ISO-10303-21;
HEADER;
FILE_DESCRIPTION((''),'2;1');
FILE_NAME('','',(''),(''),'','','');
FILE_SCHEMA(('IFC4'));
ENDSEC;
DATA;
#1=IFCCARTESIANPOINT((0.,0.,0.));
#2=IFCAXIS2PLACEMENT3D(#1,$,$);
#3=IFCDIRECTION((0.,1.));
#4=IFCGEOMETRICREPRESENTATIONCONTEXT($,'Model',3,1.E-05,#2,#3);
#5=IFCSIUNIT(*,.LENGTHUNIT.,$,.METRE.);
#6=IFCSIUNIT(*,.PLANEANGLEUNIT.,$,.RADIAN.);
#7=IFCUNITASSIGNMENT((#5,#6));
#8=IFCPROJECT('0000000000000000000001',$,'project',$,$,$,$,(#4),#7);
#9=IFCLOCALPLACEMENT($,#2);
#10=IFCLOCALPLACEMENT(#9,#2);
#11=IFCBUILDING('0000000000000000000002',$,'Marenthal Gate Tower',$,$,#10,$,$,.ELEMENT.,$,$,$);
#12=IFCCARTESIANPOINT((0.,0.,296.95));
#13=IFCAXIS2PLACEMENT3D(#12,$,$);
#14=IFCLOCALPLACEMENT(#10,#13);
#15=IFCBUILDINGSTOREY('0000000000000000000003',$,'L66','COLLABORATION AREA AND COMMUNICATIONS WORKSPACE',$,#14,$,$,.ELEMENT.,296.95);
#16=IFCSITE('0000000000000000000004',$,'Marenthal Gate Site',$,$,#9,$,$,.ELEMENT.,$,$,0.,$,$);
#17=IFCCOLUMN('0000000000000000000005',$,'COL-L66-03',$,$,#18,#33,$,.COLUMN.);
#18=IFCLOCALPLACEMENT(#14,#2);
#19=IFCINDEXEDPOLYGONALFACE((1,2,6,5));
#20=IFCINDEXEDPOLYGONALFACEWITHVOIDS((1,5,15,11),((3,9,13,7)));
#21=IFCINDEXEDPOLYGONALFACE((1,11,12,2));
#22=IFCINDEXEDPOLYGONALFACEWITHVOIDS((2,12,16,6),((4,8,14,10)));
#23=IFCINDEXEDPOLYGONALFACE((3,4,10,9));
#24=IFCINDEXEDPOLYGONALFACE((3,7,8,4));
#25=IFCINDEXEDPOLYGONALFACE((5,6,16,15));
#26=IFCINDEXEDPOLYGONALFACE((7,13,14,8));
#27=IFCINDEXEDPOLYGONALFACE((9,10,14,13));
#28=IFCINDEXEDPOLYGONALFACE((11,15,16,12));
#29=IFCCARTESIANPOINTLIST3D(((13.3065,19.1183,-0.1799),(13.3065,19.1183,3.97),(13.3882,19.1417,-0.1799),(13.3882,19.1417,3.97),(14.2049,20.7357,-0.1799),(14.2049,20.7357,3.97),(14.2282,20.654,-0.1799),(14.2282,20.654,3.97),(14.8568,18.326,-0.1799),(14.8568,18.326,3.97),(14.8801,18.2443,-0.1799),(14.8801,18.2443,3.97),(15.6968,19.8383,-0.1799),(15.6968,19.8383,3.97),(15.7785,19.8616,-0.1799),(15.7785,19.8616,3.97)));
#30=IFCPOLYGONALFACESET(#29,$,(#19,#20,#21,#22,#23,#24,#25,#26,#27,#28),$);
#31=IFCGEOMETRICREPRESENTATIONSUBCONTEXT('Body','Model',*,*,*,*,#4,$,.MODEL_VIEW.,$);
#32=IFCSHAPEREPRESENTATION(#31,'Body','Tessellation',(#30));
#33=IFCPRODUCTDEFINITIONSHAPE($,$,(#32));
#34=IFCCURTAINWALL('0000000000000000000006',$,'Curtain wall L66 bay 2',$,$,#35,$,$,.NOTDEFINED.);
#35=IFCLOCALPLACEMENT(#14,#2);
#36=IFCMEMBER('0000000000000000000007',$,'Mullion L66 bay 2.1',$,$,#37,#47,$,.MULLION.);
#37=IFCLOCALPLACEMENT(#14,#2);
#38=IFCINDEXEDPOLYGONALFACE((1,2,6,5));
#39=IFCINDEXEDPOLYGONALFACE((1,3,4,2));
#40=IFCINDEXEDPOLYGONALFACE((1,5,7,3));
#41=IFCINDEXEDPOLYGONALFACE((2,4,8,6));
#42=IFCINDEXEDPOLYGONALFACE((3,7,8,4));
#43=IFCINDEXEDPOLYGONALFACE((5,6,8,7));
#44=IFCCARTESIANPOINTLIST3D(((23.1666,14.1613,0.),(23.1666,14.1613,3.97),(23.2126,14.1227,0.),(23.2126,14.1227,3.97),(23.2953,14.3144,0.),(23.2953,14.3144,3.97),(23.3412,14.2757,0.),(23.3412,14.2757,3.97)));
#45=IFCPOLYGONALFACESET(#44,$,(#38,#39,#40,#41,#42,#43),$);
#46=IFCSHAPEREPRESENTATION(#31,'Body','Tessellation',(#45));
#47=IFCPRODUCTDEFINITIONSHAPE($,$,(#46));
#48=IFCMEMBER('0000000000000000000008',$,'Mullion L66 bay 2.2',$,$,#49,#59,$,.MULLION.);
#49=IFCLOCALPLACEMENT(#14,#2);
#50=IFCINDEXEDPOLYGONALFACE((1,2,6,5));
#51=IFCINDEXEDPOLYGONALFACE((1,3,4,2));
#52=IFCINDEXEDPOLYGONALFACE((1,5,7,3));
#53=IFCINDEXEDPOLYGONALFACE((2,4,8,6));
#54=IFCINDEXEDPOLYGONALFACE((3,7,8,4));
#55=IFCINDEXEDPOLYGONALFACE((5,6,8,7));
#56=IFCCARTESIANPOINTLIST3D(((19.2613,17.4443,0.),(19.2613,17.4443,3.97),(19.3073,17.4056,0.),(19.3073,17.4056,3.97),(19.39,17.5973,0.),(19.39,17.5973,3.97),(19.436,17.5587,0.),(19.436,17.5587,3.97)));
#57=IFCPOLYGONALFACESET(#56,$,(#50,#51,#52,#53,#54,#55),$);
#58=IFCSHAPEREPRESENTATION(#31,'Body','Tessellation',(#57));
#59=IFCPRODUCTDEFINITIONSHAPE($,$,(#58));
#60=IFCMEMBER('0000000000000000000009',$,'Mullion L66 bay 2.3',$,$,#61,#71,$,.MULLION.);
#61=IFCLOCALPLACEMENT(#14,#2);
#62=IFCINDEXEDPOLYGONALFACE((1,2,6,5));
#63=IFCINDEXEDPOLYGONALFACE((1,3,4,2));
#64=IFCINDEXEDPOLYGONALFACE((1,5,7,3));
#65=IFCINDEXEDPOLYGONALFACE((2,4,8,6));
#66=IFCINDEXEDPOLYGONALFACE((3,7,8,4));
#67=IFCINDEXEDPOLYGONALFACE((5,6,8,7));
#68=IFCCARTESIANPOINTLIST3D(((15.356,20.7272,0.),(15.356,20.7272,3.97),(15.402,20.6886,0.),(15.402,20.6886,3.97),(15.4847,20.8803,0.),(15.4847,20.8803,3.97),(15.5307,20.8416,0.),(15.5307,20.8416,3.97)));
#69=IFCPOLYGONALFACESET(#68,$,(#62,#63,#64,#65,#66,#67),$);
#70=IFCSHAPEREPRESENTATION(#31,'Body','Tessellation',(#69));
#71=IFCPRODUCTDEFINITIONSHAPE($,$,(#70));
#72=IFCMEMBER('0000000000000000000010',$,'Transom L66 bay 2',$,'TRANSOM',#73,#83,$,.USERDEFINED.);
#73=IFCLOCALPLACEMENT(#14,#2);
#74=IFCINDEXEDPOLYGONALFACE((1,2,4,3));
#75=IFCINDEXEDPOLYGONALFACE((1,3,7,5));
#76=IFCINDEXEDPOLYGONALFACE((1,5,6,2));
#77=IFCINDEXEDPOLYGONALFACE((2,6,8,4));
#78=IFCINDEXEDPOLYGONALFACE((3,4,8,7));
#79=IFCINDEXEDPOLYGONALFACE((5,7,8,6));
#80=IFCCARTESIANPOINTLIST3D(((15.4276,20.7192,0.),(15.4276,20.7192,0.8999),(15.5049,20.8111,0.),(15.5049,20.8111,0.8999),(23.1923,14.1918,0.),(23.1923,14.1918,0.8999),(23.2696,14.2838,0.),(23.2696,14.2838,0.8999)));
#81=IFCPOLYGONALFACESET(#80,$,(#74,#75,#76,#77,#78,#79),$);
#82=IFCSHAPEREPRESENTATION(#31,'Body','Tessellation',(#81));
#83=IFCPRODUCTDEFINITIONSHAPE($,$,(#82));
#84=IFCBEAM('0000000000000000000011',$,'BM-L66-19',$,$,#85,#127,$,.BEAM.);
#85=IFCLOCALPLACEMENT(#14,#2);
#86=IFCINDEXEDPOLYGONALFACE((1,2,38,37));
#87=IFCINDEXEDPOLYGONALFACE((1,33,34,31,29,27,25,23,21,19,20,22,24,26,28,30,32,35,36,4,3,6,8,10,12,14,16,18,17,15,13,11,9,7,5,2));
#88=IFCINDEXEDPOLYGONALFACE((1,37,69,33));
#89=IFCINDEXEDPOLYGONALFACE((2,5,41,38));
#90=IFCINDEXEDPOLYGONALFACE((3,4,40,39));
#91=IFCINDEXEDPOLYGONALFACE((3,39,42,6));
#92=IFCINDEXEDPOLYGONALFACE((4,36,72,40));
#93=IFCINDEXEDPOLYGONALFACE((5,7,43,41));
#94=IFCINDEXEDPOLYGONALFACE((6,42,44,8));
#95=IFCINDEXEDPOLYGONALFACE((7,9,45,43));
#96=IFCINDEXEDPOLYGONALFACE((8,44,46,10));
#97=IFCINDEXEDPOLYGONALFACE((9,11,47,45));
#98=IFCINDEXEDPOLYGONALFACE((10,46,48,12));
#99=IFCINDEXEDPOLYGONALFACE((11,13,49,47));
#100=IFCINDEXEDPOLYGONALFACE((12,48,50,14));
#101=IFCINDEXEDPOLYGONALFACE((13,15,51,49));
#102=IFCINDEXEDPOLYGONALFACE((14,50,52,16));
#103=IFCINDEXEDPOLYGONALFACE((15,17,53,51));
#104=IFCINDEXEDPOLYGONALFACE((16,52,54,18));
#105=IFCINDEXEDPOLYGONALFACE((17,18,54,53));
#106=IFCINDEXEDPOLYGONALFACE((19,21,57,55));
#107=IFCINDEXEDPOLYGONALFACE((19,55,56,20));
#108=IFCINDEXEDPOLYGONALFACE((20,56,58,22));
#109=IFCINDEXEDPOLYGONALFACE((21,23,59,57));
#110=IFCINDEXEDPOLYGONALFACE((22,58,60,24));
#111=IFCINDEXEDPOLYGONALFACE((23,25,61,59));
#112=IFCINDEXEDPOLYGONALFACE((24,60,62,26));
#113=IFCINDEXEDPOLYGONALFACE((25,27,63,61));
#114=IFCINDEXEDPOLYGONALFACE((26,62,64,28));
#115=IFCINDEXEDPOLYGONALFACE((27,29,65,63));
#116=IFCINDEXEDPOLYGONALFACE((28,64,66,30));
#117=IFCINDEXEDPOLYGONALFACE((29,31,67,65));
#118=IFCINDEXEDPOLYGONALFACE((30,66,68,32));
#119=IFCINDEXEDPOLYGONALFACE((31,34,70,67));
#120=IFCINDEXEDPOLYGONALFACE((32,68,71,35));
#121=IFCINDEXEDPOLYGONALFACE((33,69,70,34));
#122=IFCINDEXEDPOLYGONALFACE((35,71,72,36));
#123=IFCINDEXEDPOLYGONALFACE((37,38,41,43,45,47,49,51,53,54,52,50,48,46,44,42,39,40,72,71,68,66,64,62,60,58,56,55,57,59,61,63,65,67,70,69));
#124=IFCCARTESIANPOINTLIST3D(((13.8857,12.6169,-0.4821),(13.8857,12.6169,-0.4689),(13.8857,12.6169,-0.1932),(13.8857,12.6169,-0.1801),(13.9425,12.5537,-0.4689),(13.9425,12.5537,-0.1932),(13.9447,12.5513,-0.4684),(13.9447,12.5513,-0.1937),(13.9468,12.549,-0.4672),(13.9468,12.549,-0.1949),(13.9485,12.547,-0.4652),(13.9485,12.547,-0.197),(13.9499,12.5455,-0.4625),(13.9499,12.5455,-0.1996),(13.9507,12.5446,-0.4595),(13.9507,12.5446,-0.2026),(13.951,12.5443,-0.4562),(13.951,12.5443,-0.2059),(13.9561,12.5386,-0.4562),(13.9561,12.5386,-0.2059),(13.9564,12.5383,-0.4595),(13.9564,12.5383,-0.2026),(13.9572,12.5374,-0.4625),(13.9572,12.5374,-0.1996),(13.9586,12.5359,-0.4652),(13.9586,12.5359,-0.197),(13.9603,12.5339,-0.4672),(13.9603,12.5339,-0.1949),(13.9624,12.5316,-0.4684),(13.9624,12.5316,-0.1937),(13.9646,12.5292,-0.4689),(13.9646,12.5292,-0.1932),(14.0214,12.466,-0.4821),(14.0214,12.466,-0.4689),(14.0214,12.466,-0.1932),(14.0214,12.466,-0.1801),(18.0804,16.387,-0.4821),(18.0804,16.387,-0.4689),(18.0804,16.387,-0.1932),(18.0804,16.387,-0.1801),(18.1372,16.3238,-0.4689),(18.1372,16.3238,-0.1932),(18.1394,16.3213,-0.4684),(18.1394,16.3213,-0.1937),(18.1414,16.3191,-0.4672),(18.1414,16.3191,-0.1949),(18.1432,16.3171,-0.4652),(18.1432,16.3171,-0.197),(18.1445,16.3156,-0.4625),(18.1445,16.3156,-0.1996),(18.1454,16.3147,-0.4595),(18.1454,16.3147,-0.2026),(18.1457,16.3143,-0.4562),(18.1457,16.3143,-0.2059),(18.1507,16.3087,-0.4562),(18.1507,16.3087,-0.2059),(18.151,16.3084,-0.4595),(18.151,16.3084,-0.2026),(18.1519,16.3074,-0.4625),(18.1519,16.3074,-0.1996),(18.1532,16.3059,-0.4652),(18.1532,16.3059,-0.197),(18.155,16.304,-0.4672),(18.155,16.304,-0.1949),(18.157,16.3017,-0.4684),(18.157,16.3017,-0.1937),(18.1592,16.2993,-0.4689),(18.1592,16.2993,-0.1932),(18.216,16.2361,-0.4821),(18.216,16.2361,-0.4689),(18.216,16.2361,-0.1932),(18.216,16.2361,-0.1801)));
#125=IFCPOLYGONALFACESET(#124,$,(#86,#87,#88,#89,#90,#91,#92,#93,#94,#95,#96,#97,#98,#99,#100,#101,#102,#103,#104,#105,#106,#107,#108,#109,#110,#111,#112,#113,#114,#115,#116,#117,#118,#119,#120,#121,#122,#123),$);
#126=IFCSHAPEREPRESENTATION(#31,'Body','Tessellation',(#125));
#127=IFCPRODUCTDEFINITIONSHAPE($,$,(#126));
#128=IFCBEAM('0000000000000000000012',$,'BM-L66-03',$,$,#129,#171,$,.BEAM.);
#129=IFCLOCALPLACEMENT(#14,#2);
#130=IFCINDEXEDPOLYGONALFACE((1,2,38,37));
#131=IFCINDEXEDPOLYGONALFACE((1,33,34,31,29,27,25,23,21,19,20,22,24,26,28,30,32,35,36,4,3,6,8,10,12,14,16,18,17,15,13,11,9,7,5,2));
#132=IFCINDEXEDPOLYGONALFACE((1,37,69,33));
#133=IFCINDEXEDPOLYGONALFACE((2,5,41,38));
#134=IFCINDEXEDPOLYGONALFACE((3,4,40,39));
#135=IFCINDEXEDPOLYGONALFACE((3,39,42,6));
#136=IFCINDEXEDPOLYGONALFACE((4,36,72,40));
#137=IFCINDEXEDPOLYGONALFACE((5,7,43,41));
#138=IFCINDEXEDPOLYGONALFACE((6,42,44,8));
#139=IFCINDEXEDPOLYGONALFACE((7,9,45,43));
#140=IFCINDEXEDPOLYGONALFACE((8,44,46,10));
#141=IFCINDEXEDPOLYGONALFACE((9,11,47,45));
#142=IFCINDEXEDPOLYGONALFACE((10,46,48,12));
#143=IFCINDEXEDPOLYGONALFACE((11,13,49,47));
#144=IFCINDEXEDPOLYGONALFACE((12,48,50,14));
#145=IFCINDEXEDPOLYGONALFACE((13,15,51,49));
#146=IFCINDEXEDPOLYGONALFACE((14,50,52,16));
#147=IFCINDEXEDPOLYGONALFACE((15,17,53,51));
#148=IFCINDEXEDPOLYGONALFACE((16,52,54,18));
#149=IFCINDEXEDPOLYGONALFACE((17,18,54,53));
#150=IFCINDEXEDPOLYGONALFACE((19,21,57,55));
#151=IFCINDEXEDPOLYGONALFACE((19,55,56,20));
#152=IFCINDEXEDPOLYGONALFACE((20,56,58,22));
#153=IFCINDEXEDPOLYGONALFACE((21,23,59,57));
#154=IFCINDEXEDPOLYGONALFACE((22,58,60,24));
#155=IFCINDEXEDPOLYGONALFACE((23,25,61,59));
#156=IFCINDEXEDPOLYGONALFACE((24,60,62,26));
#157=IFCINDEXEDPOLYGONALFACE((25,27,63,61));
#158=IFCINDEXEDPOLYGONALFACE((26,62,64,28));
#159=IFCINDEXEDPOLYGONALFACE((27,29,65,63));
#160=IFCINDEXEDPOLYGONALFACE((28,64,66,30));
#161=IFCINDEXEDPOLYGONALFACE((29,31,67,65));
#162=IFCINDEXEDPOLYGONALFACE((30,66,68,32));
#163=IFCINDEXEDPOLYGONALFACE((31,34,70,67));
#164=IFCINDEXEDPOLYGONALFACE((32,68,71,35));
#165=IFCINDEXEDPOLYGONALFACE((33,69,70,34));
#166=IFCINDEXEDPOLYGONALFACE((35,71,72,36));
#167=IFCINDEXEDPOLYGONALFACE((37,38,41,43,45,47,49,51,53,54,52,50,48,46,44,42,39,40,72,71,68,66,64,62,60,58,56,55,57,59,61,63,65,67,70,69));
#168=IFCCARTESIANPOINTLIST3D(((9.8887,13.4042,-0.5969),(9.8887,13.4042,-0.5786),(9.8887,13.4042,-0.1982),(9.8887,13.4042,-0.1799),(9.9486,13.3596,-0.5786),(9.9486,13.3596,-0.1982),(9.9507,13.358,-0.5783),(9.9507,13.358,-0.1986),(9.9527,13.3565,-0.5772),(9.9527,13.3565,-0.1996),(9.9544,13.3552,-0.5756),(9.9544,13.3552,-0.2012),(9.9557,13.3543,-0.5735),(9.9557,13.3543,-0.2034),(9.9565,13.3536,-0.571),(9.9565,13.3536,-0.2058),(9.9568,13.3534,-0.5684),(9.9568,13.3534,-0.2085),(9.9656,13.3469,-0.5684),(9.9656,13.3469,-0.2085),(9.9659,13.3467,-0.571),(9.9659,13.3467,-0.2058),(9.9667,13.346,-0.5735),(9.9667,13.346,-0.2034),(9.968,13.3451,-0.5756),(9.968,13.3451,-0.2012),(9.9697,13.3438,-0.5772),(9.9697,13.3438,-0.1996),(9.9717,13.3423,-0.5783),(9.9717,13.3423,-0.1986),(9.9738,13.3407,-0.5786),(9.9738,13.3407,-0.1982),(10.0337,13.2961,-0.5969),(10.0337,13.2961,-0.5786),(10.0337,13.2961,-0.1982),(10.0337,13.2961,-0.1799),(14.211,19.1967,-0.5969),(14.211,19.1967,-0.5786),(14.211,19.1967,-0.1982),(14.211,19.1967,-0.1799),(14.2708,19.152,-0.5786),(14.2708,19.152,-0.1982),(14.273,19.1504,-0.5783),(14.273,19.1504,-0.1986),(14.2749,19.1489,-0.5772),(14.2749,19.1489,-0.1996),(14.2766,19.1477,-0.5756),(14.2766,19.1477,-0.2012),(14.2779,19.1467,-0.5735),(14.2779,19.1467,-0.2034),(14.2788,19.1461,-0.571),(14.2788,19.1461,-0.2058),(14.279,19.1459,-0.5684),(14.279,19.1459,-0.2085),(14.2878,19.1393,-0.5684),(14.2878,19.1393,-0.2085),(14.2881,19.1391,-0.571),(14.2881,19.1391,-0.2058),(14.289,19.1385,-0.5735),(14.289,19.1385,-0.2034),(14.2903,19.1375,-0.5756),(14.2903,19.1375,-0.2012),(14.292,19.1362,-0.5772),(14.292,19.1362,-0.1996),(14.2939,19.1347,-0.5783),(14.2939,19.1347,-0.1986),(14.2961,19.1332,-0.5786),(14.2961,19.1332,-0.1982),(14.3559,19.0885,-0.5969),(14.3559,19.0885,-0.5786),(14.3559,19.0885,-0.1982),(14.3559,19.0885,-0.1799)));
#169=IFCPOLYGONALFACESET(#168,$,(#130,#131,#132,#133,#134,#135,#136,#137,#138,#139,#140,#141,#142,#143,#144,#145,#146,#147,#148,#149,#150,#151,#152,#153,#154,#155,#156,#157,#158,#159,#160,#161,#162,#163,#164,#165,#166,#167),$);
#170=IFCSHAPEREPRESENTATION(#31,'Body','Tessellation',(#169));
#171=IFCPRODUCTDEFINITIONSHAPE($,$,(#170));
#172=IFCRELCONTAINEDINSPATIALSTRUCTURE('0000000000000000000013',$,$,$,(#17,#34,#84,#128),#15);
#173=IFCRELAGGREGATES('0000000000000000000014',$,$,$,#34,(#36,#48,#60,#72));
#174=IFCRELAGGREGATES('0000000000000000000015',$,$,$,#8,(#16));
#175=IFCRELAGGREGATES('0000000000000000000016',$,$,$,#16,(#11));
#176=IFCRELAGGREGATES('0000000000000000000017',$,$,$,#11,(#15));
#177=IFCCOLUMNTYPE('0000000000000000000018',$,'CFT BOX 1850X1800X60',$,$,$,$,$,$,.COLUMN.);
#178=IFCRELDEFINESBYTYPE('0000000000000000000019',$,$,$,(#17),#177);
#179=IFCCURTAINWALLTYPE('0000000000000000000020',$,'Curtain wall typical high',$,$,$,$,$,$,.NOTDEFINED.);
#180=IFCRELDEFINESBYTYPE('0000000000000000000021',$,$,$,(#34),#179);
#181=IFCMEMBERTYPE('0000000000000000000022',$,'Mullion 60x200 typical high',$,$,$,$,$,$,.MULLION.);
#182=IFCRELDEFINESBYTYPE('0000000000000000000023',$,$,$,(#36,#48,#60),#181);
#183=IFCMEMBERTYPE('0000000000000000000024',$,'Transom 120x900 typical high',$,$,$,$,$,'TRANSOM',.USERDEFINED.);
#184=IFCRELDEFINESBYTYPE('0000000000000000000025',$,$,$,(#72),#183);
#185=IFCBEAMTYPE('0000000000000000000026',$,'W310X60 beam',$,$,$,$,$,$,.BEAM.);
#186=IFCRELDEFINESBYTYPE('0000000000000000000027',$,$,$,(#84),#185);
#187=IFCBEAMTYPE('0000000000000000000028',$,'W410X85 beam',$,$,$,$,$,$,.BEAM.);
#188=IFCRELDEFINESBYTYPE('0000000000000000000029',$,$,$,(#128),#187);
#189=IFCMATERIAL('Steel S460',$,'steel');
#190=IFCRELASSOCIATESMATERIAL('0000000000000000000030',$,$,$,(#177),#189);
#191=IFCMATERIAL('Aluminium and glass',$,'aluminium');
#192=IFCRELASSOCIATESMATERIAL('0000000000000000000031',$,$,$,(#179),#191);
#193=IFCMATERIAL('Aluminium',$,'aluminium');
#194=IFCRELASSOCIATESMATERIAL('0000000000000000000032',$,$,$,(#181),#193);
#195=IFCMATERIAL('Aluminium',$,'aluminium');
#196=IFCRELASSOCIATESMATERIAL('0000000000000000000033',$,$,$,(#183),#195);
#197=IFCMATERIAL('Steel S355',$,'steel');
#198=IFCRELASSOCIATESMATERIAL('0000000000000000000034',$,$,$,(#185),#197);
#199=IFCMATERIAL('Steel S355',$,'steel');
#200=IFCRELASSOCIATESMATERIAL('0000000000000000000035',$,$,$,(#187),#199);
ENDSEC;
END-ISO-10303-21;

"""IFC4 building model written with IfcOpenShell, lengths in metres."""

from ifc_helpers import new_model, si_unit, direction, frame, origin, origin_2d, place, context, subcontext, project, spatial, rectangle, hollow_rectangle, i_section, extrude, material, material_profile, profile_set, type_object, element, aggregate, save


model = new_model("IFC4")

# Units and contexts
model_context = context("Model", 3, precision=1e-05, world=origin(), true_north=direction((0.0, 1.0)))
body_context = subcontext(model_context, "Body", "Model", "MODEL_VIEW")
ifc_project = project(units=[si_unit("LENGTHUNIT", "METRE"), si_unit("PLANEANGLEUNIT", "RADIAN")], contexts=[model_context])

# Site, building, storey
site_placement = place(None, origin())
site = spatial("IfcSite", under=ifc_project, at=site_placement, Name="Marenthal Gate Site", CompositionType="ELEMENT", RefElevation=0.0)
building_placement = place(site_placement, origin())
building = spatial("IfcBuilding", under=site, at=building_placement, Name="Marenthal Gate Tower", CompositionType="ELEMENT")
storey_placement = place(building_placement, frame((0.0, 0.0, 296.95)))
storey = spatial("IfcBuildingStorey", under=building, at=storey_placement, Name="L66", Description="COLLABORATION AREA AND COMMUNICATIONS WORKSPACE", CompositionType="ELEMENT", Elevation=296.95)

# Column
ifc_material_1 = material(Name="Steel S460", Category="steel")
ifc_material_profile_1 = material_profile(ifc_material_1, hollow_rectangle(XDim=1.8, YDim=1.8501, WallThickness=0.0601, at=origin_2d()), Name="CFT BOX 1850X1800X60")
ifc_material_2 = material(Name="Concrete 70 MPa", Category="concrete")
ifc_material_profile_2 = material_profile(ifc_material_2, rectangle(XDim=1.6799, YDim=1.73, at=origin_2d()), Name="CFT BOX 1850X1800X60 INFILL")
ifc_profile_set_1 = profile_set([ifc_material_profile_1, ifc_material_profile_2], Name="Steel S460 shell, Concrete 70 MPa infill")
column_type = type_object("IfcColumnType", Name="CFT BOX 1850X1800X60", PredefinedType="COLUMN", material=ifc_profile_set_1)
column_placement = place(storey_placement, frame((14.5425, 19.49, -0.1799), z_axis=(0.0, 0.0, 1.0), x_axis=(0.8742, -0.485567, 0.0)))
element("IfcColumn", 1, at=column_placement, inside=storey, type_object=column_type, Name="COL-L66-03", PredefinedType="COLUMN", context=body_context, shape_type="SweptSolid", body=[
    extrude(hollow_rectangle(XDim=1.8, YDim=1.8501, WallThickness=0.0601, at=origin_2d()), origin(), (0.0, 0.0, 1.0), 4.1499),
])

# Curtain wall, members
ifc_material_3 = material(Name="Aluminium and glass", Category="aluminium")
curtain_wall_type = type_object("IfcCurtainWallType", Name="Curtain wall typical high", PredefinedType="NOTDEFINED", material=ifc_material_3)
curtain_wall_placement = place(storey_placement, origin())
curtain_wall = element("IfcCurtainWall", 2, at=curtain_wall_placement, inside=storey, type_object=curtain_wall_type, Name="Curtain wall L66 bay 2", PredefinedType="NOTDEFINED")
ifc_material_4 = material(Name="Aluminium", Category="aluminium")
ifc_material_profile_3 = material_profile(ifc_material_4, rectangle(XDim=0.2, YDim=0.0601, at=origin_2d()), Name="60x200 aluminium mullion")
ifc_profile_set_2 = profile_set([ifc_material_profile_3], Name="Aluminium")
member_type_1 = type_object("IfcMemberType", Name="Mullion 60x200 typical high", PredefinedType="MULLION", material=ifc_profile_set_2)
member_1_placement = place(storey_placement, frame((23.2539, 14.2185, 0.0), z_axis=(0.0, 0.0, 1.0), x_axis=(-0.64348, -0.765463, 0.0)))
member_1 = element("IfcMember", 3, at=member_1_placement, type_object=member_type_1, Name="Mullion L66 bay 2.1", PredefinedType="MULLION", context=body_context, shape_type="SweptSolid", body=[
    extrude(rectangle(XDim=0.2, YDim=0.0601, at=origin_2d()), origin(), (0.0, 0.0, 1.0), 3.97),
])
member_2_placement = place(storey_placement, frame((19.3486, 17.5015, 0.0), z_axis=(0.0, 0.0, 1.0), x_axis=(-0.64348, -0.765463, 0.0)))
member_2 = element("IfcMember", 4, at=member_2_placement, type_object=member_type_1, Name="Mullion L66 bay 2.2", PredefinedType="MULLION", context=body_context, shape_type="SweptSolid", body=[
    extrude(rectangle(XDim=0.2, YDim=0.0601, at=origin_2d()), origin(), (0.0, 0.0, 1.0), 3.97),
])
member_3_placement = place(storey_placement, frame((15.4434, 20.7844, 0.0), z_axis=(0.0, 0.0, 1.0), x_axis=(-0.64348, -0.765463, 0.0)))
member_3 = element("IfcMember", 5, at=member_3_placement, type_object=member_type_1, Name="Mullion L66 bay 2.3", PredefinedType="MULLION", context=body_context, shape_type="SweptSolid", body=[
    extrude(rectangle(XDim=0.2, YDim=0.0601, at=origin_2d()), origin(), (0.0, 0.0, 1.0), 3.97),
])
ifc_material_5 = material(Name="Aluminium", Category="aluminium")
ifc_material_profile_4 = material_profile(ifc_material_5, rectangle(XDim=0.1201, YDim=0.8999, at=origin_2d()), Name="120x900 aluminium transom")
ifc_profile_set_3 = profile_set([ifc_material_profile_4], Name="Aluminium")
member_type_2 = type_object("IfcMemberType", Name="Transom 120x900 typical high", ElementType="TRANSOM", PredefinedType="USERDEFINED", material=ifc_profile_set_3)
member_4_placement = place(storey_placement, frame((23.231, 14.2378, 0.45), z_axis=(-0.76546, 0.643483, 0.0), x_axis=(-0.643483, -0.76546, 0.0)))
member_4 = element("IfcMember", 6, at=member_4_placement, type_object=member_type_2, Name="Transom L66 bay 2", ObjectType="TRANSOM", PredefinedType="USERDEFINED", context=body_context, shape_type="SweptSolid", body=[
    extrude(rectangle(XDim=0.1201, YDim=0.8999, at=origin_2d()), origin(), (0.0, 0.0, 1.0), 10.1438),
])

# Beams
ifc_material_6 = material(Name="Steel S355", Category="steel")
ifc_material_profile_5 = material_profile(ifc_material_6, i_section(OverallWidth=0.2029, OverallDepth=0.302, WebThickness=0.0076, FlangeThickness=0.0132, FilletRadius=0.0127, at=origin_2d()), Name="W310X60")
ifc_profile_set_4 = profile_set([ifc_material_profile_5], Name="Steel S355")
beam_type_1 = type_object("IfcBeamType", Name="W310X60 beam", PredefinedType="BEAM", material=ifc_profile_set_4)
beam_1_placement = place(storey_placement, frame((18.1482, 16.3115, -0.3311), z_axis=(-0.743744, -0.668465, 0.0), x_axis=(0.668465, -0.743744, 0.0)))
element("IfcBeam", 7, at=beam_1_placement, inside=storey, type_object=beam_type_1, Name="BM-L66-19", PredefinedType="BEAM", context=body_context, shape_type="SweptSolid", body=[
    extrude(i_section(OverallWidth=0.2029, OverallDepth=0.302, WebThickness=0.0076, FlangeThickness=0.0132, FilletRadius=0.0127, at=origin_2d()), origin(), (0.0, 0.0, 1.0), 5.6399),
])
ifc_material_7 = material(Name="Steel S355", Category="steel")
ifc_material_profile_6 = material_profile(ifc_material_7, i_section(OverallWidth=0.1809, OverallDepth=0.417, WebThickness=0.011, FlangeThickness=0.0183, FilletRadius=0.0103, at=origin_2d()), Name="W410X85")
ifc_profile_set_5 = profile_set([ifc_material_profile_6], Name="Steel S355")
beam_type_2 = type_object("IfcBeamType", Name="W410X85 beam", PredefinedType="BEAM", material=ifc_profile_set_5)
beam_2_placement = place(storey_placement, frame((14.2834, 19.1426, -0.3884), z_axis=(-0.598042, -0.801465, 0.0), x_axis=(0.801465, -0.598042, 0.0)))
element("IfcBeam", 8, at=beam_2_placement, inside=storey, type_object=beam_type_2, Name="BM-L66-03", PredefinedType="BEAM", context=body_context, shape_type="SweptSolid", body=[
    extrude(i_section(OverallWidth=0.1809, OverallDepth=0.417, WebThickness=0.011, FlangeThickness=0.0183, FilletRadius=0.0103, at=origin_2d()), origin(), (0.0, 0.0, 1.0), 7.2273),
])

aggregate(curtain_wall, [member_1, member_2, member_3, member_4])

save(model, "model.ifc")
